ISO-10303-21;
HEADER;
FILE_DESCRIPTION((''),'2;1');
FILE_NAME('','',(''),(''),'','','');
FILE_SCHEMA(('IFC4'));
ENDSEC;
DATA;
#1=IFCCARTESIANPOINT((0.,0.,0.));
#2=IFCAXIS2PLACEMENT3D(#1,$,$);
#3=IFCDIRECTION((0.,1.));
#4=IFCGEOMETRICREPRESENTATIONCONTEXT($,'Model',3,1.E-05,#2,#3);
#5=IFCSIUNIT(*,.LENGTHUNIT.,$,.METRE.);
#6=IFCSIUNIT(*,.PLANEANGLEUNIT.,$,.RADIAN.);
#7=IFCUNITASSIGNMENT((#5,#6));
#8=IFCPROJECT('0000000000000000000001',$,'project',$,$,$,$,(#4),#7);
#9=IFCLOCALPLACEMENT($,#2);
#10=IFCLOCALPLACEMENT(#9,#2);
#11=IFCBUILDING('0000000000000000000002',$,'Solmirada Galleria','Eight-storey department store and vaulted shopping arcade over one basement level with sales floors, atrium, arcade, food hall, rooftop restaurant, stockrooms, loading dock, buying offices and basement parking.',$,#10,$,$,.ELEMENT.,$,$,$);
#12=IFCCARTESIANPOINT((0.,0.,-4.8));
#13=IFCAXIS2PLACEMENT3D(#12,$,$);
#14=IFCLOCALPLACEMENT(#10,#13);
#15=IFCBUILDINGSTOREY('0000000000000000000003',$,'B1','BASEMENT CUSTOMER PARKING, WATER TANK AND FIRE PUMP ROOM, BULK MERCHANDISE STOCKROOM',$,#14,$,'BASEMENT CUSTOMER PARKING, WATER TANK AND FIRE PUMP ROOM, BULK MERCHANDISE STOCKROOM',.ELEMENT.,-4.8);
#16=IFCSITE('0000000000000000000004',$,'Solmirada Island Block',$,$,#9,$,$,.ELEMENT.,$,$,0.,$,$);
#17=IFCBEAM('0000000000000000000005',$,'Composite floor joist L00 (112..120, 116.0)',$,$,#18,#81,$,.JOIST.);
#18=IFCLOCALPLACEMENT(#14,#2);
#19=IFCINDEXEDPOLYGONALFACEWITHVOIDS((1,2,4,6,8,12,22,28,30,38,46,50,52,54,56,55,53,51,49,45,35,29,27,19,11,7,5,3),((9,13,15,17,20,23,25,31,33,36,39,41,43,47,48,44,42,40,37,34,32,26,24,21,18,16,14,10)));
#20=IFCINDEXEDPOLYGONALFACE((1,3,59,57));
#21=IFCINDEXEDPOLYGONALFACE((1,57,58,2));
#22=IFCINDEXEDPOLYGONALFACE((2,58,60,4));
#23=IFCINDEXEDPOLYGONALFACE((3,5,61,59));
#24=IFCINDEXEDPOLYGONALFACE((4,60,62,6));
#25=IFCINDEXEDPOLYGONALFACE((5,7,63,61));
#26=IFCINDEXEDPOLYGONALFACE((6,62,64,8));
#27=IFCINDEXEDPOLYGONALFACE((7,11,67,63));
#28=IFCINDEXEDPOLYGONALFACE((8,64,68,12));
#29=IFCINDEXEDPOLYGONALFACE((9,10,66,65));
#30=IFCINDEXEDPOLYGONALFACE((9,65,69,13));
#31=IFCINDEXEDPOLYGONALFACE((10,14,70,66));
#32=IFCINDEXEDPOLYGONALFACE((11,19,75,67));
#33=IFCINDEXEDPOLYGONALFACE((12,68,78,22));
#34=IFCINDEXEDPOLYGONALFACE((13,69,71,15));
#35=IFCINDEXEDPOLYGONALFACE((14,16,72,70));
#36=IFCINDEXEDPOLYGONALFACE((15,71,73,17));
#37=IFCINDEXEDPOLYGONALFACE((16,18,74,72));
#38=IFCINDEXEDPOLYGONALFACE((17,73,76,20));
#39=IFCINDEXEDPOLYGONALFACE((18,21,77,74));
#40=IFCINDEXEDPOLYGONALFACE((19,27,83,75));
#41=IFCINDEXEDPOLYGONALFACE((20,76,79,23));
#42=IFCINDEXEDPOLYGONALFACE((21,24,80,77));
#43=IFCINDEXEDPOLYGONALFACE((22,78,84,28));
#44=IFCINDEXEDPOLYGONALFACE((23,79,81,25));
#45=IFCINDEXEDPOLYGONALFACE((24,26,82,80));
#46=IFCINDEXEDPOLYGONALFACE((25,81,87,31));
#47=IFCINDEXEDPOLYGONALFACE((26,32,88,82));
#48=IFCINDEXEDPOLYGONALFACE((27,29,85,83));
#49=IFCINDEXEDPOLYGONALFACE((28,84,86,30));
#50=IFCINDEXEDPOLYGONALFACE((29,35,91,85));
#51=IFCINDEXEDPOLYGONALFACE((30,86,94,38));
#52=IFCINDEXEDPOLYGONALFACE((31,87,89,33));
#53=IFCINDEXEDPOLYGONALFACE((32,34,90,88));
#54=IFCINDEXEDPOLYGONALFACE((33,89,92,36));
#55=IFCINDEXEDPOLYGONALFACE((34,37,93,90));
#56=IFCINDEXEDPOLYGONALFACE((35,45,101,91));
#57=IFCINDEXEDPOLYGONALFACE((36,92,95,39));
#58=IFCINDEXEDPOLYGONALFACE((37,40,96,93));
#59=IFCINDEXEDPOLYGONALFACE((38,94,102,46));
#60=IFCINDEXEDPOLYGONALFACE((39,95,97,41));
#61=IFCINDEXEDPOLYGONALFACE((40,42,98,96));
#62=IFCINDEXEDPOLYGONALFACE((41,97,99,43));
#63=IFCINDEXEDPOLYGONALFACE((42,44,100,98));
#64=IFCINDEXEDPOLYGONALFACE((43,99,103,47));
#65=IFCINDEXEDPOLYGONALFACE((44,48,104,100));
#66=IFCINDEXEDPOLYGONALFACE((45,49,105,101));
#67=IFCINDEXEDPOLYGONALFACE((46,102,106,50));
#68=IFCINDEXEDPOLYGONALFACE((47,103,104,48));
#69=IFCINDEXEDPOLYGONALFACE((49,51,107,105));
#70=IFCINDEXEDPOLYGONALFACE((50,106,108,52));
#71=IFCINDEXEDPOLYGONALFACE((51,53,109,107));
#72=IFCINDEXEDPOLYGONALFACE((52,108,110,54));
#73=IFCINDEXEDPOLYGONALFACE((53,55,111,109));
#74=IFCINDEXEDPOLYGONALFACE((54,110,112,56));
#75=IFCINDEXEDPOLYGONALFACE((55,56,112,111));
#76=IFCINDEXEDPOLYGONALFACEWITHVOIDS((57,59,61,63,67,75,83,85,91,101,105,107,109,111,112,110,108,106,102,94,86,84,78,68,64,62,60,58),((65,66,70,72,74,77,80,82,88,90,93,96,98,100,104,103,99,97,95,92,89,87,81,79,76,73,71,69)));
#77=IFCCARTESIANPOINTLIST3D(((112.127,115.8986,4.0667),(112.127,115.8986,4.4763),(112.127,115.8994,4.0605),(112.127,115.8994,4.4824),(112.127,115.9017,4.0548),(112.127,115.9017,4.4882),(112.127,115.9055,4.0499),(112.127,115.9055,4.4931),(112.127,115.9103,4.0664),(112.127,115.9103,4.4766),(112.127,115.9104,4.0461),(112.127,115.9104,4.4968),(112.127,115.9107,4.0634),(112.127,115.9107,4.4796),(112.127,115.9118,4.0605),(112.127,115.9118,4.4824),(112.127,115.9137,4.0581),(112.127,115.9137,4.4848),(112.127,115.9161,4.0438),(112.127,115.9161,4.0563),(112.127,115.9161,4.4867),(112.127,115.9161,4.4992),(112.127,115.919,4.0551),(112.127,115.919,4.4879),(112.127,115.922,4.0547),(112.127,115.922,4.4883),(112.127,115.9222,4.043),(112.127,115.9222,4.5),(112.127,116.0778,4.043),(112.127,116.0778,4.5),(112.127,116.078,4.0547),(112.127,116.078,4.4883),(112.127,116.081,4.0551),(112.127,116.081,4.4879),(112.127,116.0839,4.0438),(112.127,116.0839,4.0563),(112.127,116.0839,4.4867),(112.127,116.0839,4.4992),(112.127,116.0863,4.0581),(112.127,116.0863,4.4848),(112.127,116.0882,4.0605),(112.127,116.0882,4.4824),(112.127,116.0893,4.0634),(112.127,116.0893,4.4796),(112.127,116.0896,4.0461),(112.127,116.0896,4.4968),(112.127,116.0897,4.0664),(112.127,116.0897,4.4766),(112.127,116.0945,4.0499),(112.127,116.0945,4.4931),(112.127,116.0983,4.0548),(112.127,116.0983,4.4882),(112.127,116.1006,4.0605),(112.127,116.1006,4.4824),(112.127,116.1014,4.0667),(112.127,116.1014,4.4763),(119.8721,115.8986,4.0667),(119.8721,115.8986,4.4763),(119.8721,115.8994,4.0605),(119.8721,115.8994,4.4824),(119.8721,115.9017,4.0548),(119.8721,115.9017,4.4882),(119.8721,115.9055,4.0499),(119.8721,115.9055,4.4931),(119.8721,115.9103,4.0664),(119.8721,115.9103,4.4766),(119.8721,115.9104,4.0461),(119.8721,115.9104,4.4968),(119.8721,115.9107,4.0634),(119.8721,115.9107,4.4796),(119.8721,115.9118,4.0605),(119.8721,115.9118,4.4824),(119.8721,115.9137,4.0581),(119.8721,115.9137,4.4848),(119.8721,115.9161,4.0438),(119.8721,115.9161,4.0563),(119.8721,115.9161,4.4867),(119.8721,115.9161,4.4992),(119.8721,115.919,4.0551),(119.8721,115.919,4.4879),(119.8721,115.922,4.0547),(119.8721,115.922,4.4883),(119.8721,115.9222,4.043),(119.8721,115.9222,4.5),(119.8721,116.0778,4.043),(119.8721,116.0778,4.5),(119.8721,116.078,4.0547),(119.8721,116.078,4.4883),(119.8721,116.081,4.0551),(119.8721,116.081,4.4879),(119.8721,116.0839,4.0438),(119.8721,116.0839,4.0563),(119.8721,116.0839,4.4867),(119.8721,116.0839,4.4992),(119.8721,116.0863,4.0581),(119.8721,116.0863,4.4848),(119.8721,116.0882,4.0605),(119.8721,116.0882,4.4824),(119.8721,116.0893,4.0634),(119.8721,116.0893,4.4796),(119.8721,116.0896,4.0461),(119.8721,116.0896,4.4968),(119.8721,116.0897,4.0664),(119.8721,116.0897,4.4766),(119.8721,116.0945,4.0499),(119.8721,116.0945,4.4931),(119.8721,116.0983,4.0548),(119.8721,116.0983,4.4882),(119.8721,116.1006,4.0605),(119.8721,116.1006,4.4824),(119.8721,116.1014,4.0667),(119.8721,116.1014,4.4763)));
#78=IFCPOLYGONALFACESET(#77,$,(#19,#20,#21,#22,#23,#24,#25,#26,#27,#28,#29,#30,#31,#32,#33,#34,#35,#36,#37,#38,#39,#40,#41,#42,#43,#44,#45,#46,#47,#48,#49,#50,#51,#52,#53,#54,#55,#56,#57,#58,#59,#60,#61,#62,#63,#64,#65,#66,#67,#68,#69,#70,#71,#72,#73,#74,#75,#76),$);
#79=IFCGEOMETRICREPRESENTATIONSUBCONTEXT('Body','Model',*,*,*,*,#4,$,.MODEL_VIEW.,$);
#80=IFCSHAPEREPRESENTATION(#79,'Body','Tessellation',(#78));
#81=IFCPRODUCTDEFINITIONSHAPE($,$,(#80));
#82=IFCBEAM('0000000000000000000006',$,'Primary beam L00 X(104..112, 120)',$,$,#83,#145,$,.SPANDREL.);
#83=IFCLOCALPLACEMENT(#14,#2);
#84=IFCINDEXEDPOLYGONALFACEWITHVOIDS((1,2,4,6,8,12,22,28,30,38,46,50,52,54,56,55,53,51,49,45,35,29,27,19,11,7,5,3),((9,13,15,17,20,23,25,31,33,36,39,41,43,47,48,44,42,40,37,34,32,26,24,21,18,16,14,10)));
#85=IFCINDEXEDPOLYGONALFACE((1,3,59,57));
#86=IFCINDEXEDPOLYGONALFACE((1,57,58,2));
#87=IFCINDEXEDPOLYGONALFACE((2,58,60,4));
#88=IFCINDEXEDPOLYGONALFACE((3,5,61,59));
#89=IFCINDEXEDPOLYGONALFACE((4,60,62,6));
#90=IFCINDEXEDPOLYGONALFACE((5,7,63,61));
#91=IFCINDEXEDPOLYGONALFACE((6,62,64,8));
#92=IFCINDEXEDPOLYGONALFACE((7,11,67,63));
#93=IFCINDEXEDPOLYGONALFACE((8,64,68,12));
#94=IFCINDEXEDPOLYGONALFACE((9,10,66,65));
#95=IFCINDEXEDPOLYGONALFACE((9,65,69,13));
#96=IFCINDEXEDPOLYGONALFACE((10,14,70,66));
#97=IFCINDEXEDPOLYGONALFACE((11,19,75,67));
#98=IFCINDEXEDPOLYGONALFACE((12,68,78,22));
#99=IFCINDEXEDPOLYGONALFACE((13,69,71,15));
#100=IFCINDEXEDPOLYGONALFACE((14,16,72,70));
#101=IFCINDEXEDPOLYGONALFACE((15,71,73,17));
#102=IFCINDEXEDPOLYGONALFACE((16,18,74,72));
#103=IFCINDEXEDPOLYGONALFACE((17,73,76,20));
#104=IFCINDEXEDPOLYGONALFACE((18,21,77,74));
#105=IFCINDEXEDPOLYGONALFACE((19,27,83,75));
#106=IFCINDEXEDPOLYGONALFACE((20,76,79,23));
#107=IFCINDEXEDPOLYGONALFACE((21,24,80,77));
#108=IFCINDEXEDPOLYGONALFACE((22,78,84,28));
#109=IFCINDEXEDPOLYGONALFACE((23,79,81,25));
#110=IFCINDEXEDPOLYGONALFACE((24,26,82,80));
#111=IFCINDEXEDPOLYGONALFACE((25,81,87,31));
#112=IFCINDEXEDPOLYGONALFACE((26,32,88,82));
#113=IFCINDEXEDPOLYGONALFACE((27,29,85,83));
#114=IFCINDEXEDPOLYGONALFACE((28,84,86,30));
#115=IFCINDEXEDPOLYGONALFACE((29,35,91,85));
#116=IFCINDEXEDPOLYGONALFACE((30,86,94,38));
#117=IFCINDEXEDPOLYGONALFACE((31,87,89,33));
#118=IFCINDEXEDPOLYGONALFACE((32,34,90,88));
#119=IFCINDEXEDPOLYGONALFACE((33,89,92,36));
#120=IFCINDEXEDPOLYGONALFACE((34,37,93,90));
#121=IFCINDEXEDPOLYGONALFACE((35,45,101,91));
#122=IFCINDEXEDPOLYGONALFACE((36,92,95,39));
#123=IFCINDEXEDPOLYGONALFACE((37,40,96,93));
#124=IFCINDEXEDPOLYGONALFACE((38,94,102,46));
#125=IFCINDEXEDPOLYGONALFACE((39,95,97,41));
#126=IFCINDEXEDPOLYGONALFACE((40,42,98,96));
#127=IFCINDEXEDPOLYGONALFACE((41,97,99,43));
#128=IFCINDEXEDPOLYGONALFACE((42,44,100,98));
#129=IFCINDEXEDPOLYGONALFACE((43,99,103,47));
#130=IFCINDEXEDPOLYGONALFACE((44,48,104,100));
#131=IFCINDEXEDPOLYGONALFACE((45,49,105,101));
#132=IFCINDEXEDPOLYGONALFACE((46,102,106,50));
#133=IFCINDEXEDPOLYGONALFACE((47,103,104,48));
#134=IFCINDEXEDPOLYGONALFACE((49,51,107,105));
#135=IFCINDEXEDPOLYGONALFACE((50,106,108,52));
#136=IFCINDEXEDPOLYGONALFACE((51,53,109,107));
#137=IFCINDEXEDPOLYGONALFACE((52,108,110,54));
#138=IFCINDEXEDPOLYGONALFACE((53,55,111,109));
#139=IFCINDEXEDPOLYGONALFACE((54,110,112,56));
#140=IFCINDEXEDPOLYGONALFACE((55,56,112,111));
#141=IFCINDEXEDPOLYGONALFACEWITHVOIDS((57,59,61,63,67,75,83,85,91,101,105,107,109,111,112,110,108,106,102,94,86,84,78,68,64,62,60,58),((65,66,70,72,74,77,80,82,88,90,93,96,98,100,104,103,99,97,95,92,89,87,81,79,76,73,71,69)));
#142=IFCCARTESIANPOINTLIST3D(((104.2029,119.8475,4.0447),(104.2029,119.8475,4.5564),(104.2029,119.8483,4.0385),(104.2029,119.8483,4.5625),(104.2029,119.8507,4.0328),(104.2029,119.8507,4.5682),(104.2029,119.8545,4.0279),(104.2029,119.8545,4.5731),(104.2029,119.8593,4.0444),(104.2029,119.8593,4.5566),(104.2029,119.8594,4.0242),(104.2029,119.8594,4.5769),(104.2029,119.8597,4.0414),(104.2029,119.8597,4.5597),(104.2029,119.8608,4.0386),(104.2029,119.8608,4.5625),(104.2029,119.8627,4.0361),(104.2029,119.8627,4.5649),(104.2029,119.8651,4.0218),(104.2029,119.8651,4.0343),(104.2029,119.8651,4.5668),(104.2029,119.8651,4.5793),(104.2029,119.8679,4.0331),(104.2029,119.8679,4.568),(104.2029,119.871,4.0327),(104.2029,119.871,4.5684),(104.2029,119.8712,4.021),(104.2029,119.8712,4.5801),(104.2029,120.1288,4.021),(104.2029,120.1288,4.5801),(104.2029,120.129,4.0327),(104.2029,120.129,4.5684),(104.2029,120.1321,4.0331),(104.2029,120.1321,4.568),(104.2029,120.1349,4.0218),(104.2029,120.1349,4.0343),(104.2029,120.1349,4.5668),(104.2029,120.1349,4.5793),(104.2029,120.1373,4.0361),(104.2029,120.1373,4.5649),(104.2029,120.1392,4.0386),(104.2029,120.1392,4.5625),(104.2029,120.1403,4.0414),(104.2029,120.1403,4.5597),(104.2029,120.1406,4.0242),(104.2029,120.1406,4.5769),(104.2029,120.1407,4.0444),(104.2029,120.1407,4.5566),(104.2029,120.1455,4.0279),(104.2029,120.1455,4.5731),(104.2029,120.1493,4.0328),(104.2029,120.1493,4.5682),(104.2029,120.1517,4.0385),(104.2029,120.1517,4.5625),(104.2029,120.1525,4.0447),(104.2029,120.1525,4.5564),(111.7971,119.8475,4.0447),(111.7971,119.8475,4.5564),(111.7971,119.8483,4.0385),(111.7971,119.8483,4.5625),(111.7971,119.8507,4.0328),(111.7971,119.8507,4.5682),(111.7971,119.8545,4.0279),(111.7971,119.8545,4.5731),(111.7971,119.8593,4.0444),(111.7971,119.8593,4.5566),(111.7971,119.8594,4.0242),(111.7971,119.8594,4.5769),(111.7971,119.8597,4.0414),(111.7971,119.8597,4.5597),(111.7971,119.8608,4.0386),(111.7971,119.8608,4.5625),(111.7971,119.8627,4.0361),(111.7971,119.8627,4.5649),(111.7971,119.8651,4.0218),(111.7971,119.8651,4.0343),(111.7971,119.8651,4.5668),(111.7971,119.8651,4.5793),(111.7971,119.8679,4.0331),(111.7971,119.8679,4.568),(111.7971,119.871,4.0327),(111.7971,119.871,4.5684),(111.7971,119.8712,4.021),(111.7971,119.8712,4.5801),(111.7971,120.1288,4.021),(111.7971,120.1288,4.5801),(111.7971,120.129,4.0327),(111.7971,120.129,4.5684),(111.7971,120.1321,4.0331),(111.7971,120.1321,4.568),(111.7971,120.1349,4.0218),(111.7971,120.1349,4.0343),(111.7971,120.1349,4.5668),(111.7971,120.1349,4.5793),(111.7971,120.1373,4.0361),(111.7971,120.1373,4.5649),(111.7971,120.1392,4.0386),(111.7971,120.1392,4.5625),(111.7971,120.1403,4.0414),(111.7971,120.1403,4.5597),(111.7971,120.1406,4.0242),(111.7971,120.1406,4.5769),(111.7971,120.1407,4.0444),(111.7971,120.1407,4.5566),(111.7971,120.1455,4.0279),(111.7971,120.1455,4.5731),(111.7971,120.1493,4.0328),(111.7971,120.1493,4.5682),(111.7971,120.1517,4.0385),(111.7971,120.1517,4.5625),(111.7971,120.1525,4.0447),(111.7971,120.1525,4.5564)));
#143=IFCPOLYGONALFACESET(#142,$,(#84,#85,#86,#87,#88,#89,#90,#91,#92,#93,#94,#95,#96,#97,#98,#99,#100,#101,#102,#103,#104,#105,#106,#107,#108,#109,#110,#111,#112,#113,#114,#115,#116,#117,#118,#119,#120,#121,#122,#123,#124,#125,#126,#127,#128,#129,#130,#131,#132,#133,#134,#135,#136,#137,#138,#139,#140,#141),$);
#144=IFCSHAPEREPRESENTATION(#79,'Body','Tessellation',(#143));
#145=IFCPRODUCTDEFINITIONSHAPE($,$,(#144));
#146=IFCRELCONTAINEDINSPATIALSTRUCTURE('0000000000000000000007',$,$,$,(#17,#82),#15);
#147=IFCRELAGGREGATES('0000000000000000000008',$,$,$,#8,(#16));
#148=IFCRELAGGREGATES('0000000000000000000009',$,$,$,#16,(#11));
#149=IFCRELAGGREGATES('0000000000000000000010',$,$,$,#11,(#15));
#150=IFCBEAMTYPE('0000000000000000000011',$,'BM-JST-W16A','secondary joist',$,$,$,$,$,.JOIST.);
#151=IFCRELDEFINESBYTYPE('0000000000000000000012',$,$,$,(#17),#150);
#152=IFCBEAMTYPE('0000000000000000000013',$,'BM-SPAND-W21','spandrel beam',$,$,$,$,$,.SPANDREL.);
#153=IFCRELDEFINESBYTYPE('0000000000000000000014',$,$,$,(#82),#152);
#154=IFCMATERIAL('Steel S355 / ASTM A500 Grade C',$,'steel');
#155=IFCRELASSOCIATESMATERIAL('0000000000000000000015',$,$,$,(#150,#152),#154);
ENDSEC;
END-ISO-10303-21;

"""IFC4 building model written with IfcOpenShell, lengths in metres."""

from ifc_helpers import new_model, si_unit, direction, frame, origin, origin_2d, place, context, subcontext, project, spatial, hollow_rectangle, extrude, material, material_profile, profile_set, type_object, element, save


model = new_model("IFC4")

# Units and contexts
model_context = context("Model", 3, precision=1e-05, world=origin(), true_north=direction((0.0, 1.0)))
body_context = subcontext(model_context, "Body", "Model", "MODEL_VIEW")
ifc_project = project(units=[si_unit("LENGTHUNIT", "METRE"), si_unit("PLANEANGLEUNIT", "RADIAN")], contexts=[model_context])

# Site, building, storey
site_placement = place(None, origin())
site = spatial("IfcSite", under=ifc_project, at=site_placement, Name="Solmirada Island Block", CompositionType="ELEMENT", RefElevation=0.0)
building_placement = place(site_placement, origin())
building = spatial("IfcBuilding", under=site, at=building_placement, Name="Solmirada Galleria", Description="Eight-storey department store and vaulted shopping arcade over one basement level with sales floors, atrium, arcade, food hall, rooftop restaurant, stockrooms, loading dock, buying offices and basement parking.", CompositionType="ELEMENT")
storey_placement = place(building_placement, frame((0.0, 0.0, -4.8)))
storey = spatial("IfcBuildingStorey", under=building, at=storey_placement, Name="B1", Description="BASEMENT CUSTOMER PARKING, WATER TANK AND FIRE PUMP ROOM, BULK MERCHANDISE STOCKROOM", LongName="BASEMENT CUSTOMER PARKING, WATER TANK AND FIRE PUMP ROOM, BULK MERCHANDISE STOCKROOM", CompositionType="ELEMENT", Elevation=-4.8)

# Shared definitions
ifc_material_1 = material(Name="Steel S355 / ASTM A500 Grade C", Category="steel")

# Beams
ifc_material_profile_1 = material_profile(ifc_material_1, hollow_rectangle(XDim=0.2029, YDim=0.457, WallThickness=0.0117, InnerFilletRadius=0.0117, OuterFilletRadius=0.0237, at=origin_2d()), Name="HSS18X8X1/2")
ifc_profile_set_1 = profile_set([ifc_material_profile_1], Name="Steel S355 / ASTM A500 Grade C")
beam_type_1 = type_object("IfcBeamType", Name="BM-JST-W16A", Description="secondary joist", PredefinedType="JOIST", material=ifc_profile_set_1)
beam_1_placement = place(storey_placement, frame((112.127, 116.0, 4.2715), z_axis=(1.0, 0.0, 0.0), x_axis=(0.0, 1.0, 0.0)))
element("IfcBeam", 1, at=beam_1_placement, inside=storey, type_object=beam_type_1, Name="Composite floor joist L00 (112..120, 116.0)", PredefinedType="JOIST", context=body_context, shape_type="SweptSolid", body=[
    extrude(hollow_rectangle(XDim=0.2029, YDim=0.457, WallThickness=0.0117, InnerFilletRadius=0.0117, OuterFilletRadius=0.0237, at=origin_2d()), origin(), (0.0, 0.0, 1.0), 7.7451),
])
ifc_material_profile_2 = material_profile(ifc_material_1, hollow_rectangle(XDim=0.3049, YDim=0.5591, WallThickness=0.0117, InnerFilletRadius=0.0117, OuterFilletRadius=0.0237, at=origin_2d()), Name="HSS22X12X1/2")
ifc_profile_set_2 = profile_set([ifc_material_profile_2], Name="Steel S355 / ASTM A500 Grade C")
beam_type_2 = type_object("IfcBeamType", Name="BM-SPAND-W21", Description="spandrel beam", PredefinedType="SPANDREL", material=ifc_profile_set_2)
beam_2_placement = place(storey_placement, frame((104.2029, 120.0, 4.3005), z_axis=(1.0, 0.0, 0.0), x_axis=(0.0, 1.0, 0.0)))
element("IfcBeam", 2, at=beam_2_placement, inside=storey, type_object=beam_type_2, Name="Primary beam L00 X(104..112, 120)", PredefinedType="SPANDREL", context=body_context, shape_type="SweptSolid", body=[
    extrude(hollow_rectangle(XDim=0.3049, YDim=0.5591, WallThickness=0.0117, InnerFilletRadius=0.0117, OuterFilletRadius=0.0237, at=origin_2d()), origin(), (0.0, 0.0, 1.0), 7.5942),
])

save(model, "model.ifc")
